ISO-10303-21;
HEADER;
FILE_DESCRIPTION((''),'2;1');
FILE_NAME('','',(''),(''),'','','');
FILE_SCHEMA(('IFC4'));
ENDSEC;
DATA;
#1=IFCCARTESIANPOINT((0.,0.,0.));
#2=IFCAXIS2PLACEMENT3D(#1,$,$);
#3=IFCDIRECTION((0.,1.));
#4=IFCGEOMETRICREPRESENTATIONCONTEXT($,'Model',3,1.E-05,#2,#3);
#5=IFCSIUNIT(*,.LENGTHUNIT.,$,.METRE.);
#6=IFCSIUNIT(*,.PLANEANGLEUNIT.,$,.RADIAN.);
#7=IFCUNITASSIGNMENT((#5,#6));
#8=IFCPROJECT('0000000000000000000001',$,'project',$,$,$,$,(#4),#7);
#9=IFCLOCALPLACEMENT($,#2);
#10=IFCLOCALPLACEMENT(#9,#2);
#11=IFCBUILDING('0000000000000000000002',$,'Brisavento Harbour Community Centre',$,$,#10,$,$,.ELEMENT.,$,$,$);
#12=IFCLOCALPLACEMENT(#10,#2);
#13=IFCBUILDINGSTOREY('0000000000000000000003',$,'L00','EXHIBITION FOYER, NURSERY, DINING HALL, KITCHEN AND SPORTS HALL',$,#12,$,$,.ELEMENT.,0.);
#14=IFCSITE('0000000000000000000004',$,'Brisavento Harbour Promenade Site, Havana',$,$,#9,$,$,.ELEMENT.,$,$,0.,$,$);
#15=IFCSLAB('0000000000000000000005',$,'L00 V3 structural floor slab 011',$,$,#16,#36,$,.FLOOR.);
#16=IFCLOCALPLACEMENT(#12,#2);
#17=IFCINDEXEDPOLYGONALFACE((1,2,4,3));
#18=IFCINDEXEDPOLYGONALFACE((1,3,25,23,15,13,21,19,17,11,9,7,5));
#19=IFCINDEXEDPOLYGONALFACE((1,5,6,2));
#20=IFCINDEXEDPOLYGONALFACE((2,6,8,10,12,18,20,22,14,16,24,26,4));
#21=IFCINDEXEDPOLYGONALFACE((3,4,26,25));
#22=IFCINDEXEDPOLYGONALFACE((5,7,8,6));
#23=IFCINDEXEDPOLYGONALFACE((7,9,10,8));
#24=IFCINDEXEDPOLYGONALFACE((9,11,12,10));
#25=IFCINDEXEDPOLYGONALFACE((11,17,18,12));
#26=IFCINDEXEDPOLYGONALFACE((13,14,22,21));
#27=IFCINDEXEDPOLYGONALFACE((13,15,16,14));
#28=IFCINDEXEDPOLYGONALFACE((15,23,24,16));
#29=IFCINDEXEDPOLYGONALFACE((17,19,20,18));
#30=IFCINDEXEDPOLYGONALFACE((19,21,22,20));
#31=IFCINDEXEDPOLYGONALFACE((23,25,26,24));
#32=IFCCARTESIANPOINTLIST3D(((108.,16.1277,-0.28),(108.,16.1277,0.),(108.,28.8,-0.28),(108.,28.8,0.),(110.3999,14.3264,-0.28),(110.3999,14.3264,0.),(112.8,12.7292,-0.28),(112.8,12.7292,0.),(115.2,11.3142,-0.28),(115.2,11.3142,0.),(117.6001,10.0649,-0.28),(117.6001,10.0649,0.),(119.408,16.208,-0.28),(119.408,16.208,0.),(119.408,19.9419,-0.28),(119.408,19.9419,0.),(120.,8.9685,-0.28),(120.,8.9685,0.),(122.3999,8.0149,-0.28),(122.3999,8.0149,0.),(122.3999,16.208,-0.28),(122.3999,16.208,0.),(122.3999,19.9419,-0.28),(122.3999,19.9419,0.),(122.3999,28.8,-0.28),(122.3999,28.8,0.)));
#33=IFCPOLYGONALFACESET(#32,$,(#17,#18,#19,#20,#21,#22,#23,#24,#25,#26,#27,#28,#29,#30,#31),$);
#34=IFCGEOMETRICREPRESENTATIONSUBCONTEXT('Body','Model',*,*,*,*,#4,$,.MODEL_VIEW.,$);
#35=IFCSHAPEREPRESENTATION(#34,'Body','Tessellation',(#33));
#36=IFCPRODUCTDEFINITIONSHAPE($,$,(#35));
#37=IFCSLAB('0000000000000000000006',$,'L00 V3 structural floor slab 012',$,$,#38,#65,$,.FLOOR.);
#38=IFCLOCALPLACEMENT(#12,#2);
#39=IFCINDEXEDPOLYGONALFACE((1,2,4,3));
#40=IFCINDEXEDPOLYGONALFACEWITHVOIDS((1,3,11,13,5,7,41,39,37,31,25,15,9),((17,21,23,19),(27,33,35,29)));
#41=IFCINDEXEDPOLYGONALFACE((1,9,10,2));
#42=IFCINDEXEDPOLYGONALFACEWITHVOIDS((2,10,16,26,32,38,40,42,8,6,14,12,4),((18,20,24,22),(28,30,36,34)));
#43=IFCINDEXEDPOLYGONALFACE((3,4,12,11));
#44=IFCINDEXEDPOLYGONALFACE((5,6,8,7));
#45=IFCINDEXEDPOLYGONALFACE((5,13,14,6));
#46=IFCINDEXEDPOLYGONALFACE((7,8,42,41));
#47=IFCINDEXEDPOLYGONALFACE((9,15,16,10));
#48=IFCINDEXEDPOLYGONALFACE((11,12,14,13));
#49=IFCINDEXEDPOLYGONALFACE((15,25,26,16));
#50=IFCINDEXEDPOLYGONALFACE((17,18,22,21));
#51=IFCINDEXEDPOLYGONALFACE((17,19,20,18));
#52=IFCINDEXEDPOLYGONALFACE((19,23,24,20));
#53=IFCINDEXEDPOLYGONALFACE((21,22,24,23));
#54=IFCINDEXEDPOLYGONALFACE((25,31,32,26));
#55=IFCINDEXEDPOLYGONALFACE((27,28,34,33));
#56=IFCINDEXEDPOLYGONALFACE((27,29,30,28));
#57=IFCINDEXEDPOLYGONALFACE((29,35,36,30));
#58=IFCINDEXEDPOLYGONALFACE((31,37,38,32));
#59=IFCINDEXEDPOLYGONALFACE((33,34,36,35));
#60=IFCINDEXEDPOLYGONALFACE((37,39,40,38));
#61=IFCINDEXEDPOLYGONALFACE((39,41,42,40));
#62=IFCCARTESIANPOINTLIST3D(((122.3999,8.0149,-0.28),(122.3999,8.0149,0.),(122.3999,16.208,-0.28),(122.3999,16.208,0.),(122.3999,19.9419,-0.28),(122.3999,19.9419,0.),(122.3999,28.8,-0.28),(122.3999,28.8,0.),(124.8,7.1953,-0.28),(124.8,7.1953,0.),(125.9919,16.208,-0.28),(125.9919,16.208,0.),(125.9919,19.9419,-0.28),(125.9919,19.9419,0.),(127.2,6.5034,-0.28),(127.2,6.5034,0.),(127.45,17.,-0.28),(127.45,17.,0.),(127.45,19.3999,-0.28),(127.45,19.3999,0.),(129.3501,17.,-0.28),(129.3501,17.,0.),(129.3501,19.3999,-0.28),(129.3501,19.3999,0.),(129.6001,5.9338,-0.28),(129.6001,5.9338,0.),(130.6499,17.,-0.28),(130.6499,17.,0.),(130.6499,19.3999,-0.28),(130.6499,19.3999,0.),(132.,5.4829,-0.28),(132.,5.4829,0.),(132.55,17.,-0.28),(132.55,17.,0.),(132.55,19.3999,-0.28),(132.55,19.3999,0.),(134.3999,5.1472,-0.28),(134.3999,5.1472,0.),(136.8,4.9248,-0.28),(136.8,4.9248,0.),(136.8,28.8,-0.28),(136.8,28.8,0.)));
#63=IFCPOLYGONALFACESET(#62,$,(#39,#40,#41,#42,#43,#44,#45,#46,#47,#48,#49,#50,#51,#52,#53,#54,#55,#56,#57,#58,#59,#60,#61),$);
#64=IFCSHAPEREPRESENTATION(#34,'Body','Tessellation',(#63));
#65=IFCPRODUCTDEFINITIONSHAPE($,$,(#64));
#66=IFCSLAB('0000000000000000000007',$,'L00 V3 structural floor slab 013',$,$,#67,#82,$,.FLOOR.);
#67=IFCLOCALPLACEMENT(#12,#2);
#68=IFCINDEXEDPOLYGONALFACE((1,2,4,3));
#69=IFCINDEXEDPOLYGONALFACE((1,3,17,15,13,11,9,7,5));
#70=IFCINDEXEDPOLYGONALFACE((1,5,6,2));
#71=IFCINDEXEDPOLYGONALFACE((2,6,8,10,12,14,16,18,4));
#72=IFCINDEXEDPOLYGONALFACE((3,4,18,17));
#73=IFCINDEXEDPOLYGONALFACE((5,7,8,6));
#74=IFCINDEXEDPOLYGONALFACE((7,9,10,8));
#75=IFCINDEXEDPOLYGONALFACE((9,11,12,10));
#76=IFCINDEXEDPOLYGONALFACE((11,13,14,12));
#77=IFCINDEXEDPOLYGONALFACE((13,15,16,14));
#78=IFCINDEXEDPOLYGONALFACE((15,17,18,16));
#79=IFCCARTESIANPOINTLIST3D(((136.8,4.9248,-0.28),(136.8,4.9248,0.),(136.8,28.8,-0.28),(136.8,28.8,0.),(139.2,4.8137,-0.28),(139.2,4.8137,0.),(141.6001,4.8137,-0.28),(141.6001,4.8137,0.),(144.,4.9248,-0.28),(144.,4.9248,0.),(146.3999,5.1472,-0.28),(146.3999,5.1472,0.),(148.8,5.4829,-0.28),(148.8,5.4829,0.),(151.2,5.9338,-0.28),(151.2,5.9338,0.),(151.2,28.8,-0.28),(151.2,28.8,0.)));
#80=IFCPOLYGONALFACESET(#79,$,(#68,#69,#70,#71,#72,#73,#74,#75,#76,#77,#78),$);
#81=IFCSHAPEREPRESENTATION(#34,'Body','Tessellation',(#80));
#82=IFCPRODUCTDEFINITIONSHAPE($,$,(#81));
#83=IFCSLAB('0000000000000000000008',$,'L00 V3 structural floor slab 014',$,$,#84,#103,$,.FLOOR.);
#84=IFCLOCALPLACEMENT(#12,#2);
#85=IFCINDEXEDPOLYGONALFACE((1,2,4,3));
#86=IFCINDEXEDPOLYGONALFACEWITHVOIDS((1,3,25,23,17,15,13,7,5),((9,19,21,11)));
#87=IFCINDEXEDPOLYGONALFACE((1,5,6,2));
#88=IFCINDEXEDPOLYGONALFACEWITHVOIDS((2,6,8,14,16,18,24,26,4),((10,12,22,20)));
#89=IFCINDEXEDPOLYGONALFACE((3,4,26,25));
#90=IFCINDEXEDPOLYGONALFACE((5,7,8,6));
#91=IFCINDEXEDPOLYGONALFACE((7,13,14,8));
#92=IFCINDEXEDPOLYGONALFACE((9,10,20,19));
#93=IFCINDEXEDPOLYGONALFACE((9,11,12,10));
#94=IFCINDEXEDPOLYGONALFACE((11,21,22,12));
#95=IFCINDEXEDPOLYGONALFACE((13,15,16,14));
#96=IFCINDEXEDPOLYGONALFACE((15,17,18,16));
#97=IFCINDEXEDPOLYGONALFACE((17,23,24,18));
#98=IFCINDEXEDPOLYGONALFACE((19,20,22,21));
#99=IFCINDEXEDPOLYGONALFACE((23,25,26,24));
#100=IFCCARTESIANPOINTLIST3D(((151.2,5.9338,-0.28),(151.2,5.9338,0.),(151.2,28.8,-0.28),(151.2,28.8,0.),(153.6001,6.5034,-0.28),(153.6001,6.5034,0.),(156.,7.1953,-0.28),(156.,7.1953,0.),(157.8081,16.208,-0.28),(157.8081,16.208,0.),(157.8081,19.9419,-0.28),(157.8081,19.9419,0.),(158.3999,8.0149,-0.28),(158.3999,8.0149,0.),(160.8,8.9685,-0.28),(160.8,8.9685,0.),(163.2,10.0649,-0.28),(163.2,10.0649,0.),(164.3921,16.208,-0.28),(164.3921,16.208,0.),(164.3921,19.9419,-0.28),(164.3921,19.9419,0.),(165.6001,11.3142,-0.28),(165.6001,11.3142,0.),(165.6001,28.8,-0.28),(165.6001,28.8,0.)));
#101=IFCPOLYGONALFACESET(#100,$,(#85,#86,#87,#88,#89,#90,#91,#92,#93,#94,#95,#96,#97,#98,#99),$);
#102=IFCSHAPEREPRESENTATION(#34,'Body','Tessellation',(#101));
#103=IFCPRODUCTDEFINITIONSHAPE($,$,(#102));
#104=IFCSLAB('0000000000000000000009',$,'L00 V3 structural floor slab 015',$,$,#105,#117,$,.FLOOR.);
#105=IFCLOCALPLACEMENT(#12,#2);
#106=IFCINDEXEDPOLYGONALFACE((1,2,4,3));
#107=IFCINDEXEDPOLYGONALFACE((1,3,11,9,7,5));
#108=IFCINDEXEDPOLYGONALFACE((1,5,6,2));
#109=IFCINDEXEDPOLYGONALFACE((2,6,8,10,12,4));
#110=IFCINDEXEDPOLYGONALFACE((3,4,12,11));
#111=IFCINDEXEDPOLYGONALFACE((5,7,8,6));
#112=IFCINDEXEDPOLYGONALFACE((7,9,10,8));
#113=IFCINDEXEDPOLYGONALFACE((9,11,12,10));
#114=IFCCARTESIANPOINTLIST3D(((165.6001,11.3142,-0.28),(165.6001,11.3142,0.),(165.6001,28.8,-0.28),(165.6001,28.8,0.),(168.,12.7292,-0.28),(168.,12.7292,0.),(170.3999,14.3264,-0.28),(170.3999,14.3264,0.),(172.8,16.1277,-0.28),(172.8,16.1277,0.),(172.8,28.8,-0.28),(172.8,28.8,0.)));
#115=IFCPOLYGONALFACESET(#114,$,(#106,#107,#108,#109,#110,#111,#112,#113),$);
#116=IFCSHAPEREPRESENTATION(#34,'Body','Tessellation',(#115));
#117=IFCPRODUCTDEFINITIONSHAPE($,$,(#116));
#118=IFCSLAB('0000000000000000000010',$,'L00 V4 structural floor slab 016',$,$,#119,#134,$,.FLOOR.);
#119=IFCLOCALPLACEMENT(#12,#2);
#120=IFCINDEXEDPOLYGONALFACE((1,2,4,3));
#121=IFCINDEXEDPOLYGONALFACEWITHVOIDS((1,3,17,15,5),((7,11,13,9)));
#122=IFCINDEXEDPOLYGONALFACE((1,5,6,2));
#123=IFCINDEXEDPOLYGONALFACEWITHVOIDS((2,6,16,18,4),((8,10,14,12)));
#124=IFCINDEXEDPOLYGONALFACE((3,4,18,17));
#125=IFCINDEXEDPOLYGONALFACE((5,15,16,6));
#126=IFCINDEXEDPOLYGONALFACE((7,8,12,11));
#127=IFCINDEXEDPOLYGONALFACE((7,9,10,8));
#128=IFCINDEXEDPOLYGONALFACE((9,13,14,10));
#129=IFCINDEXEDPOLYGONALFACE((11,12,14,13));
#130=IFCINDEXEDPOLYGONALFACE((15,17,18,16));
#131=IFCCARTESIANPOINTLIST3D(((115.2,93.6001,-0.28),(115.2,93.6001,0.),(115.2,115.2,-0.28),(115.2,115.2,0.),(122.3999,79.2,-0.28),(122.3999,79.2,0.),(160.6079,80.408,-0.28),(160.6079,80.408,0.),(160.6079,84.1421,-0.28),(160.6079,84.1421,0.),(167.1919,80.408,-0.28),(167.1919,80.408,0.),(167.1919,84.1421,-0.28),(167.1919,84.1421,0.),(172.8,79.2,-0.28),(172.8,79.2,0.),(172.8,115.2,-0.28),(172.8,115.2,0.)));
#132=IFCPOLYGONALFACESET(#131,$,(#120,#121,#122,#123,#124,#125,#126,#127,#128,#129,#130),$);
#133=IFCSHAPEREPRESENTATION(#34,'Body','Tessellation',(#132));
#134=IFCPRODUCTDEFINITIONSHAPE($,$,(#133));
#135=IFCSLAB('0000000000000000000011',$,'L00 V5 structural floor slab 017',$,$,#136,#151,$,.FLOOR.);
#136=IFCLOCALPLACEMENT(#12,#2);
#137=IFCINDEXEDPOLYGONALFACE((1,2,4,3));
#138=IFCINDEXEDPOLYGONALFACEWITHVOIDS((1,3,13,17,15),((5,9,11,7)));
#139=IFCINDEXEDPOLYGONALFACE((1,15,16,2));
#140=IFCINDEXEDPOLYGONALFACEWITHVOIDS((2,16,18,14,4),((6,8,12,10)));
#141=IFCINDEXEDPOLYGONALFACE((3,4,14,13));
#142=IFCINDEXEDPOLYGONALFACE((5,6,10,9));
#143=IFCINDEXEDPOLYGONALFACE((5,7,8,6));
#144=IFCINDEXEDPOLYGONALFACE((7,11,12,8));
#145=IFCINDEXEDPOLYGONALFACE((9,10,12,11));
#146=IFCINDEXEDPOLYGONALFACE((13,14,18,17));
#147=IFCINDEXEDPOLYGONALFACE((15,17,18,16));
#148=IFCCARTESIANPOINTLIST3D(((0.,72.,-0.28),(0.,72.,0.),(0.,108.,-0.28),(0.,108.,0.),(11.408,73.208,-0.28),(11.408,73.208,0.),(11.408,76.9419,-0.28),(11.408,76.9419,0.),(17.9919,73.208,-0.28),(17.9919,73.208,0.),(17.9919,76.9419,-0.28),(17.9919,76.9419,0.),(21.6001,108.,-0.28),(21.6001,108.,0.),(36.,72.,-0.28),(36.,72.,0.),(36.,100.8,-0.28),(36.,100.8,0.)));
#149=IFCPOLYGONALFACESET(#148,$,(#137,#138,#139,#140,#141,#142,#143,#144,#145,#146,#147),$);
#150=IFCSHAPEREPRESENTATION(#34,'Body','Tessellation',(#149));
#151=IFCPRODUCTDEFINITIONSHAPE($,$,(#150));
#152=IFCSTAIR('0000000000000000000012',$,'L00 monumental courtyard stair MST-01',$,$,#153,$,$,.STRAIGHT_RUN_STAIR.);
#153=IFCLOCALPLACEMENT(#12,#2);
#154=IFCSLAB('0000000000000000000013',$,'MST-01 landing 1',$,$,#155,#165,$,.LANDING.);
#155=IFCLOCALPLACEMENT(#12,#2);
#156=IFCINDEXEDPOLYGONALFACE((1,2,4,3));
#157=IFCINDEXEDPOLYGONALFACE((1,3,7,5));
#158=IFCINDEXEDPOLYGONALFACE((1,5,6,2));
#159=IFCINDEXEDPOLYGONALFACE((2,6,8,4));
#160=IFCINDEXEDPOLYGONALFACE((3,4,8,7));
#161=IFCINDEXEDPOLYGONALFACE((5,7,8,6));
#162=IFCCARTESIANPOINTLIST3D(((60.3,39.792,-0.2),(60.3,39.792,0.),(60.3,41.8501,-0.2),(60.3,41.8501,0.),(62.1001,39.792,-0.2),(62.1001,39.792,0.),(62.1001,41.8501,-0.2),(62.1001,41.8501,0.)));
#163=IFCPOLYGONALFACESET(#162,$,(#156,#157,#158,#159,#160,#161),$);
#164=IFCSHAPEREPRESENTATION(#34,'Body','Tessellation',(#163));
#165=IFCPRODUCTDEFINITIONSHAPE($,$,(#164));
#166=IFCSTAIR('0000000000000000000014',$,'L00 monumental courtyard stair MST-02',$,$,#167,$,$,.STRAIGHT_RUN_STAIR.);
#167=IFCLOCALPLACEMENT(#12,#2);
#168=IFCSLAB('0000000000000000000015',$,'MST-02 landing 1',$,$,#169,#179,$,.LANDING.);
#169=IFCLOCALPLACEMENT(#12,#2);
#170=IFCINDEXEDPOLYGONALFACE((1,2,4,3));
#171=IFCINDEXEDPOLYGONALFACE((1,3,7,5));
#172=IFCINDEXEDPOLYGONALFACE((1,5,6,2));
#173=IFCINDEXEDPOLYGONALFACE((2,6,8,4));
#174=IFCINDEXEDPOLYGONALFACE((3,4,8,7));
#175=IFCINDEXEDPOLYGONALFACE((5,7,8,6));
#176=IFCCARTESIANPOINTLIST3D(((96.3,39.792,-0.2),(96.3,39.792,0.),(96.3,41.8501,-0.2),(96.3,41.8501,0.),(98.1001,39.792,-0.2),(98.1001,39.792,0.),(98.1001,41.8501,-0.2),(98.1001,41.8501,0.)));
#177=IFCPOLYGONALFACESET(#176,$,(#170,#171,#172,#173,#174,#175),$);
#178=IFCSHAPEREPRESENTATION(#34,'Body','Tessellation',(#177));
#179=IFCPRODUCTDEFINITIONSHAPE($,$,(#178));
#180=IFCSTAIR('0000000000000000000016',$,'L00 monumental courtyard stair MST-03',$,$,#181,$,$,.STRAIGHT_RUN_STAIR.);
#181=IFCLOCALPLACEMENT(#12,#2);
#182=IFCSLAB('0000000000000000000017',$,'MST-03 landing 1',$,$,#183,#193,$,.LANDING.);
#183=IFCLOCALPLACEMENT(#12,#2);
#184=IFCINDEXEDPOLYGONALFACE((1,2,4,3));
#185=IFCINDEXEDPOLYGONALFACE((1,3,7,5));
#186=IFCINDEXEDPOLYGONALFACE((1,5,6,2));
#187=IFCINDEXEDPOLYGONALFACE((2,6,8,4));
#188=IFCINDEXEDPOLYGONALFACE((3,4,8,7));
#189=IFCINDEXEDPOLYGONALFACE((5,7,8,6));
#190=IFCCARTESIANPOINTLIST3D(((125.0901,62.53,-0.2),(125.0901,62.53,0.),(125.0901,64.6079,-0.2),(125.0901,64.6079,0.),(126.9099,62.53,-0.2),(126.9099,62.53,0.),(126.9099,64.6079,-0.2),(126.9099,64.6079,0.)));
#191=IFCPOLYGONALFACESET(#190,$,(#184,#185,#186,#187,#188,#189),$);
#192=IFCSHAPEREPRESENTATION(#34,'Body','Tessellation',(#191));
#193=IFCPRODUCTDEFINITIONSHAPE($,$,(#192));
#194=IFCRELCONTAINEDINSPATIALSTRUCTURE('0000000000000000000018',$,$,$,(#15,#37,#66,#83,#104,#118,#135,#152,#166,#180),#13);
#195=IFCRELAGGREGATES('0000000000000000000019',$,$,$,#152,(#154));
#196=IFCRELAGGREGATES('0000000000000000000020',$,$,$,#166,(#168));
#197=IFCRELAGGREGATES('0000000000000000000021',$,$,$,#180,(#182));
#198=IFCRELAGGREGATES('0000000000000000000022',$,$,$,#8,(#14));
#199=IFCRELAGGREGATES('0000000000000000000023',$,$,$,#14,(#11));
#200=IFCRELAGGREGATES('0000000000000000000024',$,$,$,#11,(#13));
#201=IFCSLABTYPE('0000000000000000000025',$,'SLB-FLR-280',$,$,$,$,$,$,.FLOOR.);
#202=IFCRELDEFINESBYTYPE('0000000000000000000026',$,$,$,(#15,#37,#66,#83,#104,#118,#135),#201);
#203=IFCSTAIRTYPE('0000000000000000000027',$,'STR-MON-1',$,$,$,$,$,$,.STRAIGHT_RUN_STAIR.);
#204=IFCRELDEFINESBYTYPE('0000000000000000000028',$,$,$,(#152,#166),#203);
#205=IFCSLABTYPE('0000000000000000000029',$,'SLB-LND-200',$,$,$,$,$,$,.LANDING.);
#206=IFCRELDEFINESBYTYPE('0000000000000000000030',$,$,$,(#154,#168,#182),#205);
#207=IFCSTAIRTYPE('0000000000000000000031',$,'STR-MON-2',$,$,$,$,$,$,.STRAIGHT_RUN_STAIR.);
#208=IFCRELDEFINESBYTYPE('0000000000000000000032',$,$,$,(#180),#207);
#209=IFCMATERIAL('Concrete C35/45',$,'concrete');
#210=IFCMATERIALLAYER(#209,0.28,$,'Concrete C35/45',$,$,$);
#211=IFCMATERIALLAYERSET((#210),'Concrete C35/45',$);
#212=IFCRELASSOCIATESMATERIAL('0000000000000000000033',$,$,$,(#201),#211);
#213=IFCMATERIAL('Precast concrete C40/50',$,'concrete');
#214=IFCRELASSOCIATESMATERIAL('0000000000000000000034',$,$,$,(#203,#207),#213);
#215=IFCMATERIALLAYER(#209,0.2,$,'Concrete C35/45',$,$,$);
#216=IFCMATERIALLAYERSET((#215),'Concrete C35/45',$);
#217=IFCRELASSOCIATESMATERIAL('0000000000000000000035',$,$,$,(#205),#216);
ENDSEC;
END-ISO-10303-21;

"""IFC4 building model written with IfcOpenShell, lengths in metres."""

from ifc_helpers import new_model, si_unit, direction, frame, origin, place, context, subcontext, project, spatial, polyline, outline, extrude, material, layer, layer_set, type_object, element, aggregate, save


model = new_model("IFC4")

# Units and contexts
model_context = context("Model", 3, precision=1e-05, world=origin(), true_north=direction((0.0, 1.0)))
body_context = subcontext(model_context, "Body", "Model", "MODEL_VIEW")
ifc_project = project(units=[si_unit("LENGTHUNIT", "METRE"), si_unit("PLANEANGLEUNIT", "RADIAN")], contexts=[model_context])

# Site, building, storey
site_placement = place(None, origin())
site = spatial("IfcSite", under=ifc_project, at=site_placement, Name="Brisavento Harbour Promenade Site, Havana", CompositionType="ELEMENT", RefElevation=0.0)
building_placement = place(site_placement, origin())
building = spatial("IfcBuilding", under=site, at=building_placement, Name="Brisavento Harbour Community Centre", CompositionType="ELEMENT")
storey_placement = place(building_placement, origin())
storey = spatial("IfcBuildingStorey", under=building, at=storey_placement, Name="L00", Description="EXHIBITION FOYER, NURSERY, DINING HALL, KITCHEN AND SPORTS HALL", CompositionType="ELEMENT", Elevation=0.0)

# Slabs
ifc_material_1 = material(Name="Concrete C35/45", Category="concrete")
ifc_layer_1 = layer(ifc_material_1, 0.28, Name="Concrete C35/45")
ifc_layer_set_1 = layer_set([ifc_layer_1], Name="Concrete C35/45")
slab_type_1 = type_object("IfcSlabType", Name="SLB-FLR-280", PredefinedType="FLOOR", material=ifc_layer_set_1)
slab_1_placement = place(storey_placement, frame((0.0, 0.0, -0.28)))
element("IfcSlab", 1, at=slab_1_placement, inside=storey, type_object=slab_type_1, Name="L00 V3 structural floor slab 011", PredefinedType="FLOOR", context=body_context, shape_type="SweptSolid", body=[
    extrude(outline(polyline([(108.0, 28.8), (108.0, 16.1277), (110.3999, 14.3264), (112.8, 12.7292), (115.2, 11.3142), (117.6001, 10.0649), (120.0, 8.9685), (122.3999, 8.0149), (122.3999, 16.208), (119.408, 16.208), (119.408, 19.9419), (122.3999, 19.9419), (122.3999, 28.8), (108.0, 28.8)])), origin(), (0.0, 0.0, 1.0), 0.28),
])
slab_2_placement = place(storey_placement, frame((0.0, 0.0, -0.28)))
element("IfcSlab", 2, at=slab_2_placement, inside=storey, type_object=slab_type_1, Name="L00 V3 structural floor slab 012", PredefinedType="FLOOR", context=body_context, shape_type="SweptSolid", body=[
    extrude(outline(polyline([(122.3999, 28.8), (122.3999, 19.9419), (125.9919, 19.9419), (125.9919, 16.208), (122.3999, 16.208), (122.3999, 8.0149), (124.8, 7.1953), (127.2, 6.5034), (129.6001, 5.9338), (132.0, 5.4829), (134.3999, 5.1472), (136.8, 4.9248), (136.8, 28.8), (122.3999, 28.8)]), holes=[polyline([(129.3501, 19.3999), (129.3501, 17.0), (127.45, 17.0), (127.45, 19.3999), (129.3501, 19.3999)]), polyline([(132.55, 17.0), (130.6499, 17.0), (130.6499, 19.3999), (132.55, 19.3999), (132.55, 17.0)])]), origin(), (0.0, 0.0, 1.0), 0.28),
])
slab_3_placement = place(storey_placement, frame((0.0, 0.0, -0.28)))
element("IfcSlab", 3, at=slab_3_placement, inside=storey, type_object=slab_type_1, Name="L00 V3 structural floor slab 013", PredefinedType="FLOOR", context=body_context, shape_type="SweptSolid", body=[
    extrude(outline(polyline([(136.8, 28.8), (136.8, 4.9248), (139.2, 4.8137), (141.6001, 4.8137), (144.0, 4.9248), (146.3999, 5.1472), (148.8, 5.4829), (151.2, 5.9338), (151.2, 28.8), (136.8, 28.8)])), origin(), (0.0, 0.0, 1.0), 0.28),
])
slab_4_placement = place(storey_placement, frame((0.0, 0.0, -0.28)))
element("IfcSlab", 4, at=slab_4_placement, inside=storey, type_object=slab_type_1, Name="L00 V3 structural floor slab 014", PredefinedType="FLOOR", context=body_context, shape_type="SweptSolid", body=[
    extrude(outline(polyline([(151.2, 28.8), (151.2, 5.9338), (153.6001, 6.5034), (156.0, 7.1953), (158.3999, 8.0149), (160.8, 8.9685), (163.2, 10.0649), (165.6001, 11.3142), (165.6001, 28.8), (151.2, 28.8)]), holes=[polyline([(164.3921, 16.208), (157.8081, 16.208), (157.8081, 19.9419), (164.3921, 19.9419), (164.3921, 16.208)])]), origin(), (0.0, 0.0, 1.0), 0.28),
])
slab_5_placement = place(storey_placement, frame((0.0, 0.0, -0.28)))
element("IfcSlab", 5, at=slab_5_placement, inside=storey, type_object=slab_type_1, Name="L00 V3 structural floor slab 015", PredefinedType="FLOOR", context=body_context, shape_type="SweptSolid", body=[
    extrude(outline(polyline([(165.6001, 28.8), (165.6001, 11.3142), (168.0, 12.7292), (170.3999, 14.3264), (172.8, 16.1277), (172.8, 28.8), (165.6001, 28.8)])), origin(), (0.0, 0.0, 1.0), 0.28),
])
slab_6_placement = place(storey_placement, frame((0.0, 0.0, -0.28)))
element("IfcSlab", 6, at=slab_6_placement, inside=storey, type_object=slab_type_1, Name="L00 V4 structural floor slab 016", PredefinedType="FLOOR", context=body_context, shape_type="SweptSolid", body=[
    extrude(outline(polyline([(122.3999, 79.2), (172.8, 79.2), (172.8, 115.2), (115.2, 115.2), (115.2, 93.6001), (122.3999, 79.2)]), holes=[polyline([(160.6079, 80.408), (160.6079, 84.1421), (167.1919, 84.1421), (167.1919, 80.408), (160.6079, 80.408)])]), origin(), (0.0, 0.0, 1.0), 0.28),
])
slab_7_placement = place(storey_placement, frame((0.0, 0.0, -0.28)))
element("IfcSlab", 7, at=slab_7_placement, inside=storey, type_object=slab_type_1, Name="L00 V5 structural floor slab 017", PredefinedType="FLOOR", context=body_context, shape_type="SweptSolid", body=[
    extrude(outline(polyline([(0.0, 72.0), (36.0, 72.0), (36.0, 100.8), (21.6001, 108.0), (0.0, 108.0), (0.0, 72.0)]), holes=[polyline([(17.9919, 73.208), (11.408, 73.208), (11.408, 76.9419), (17.9919, 76.9419), (17.9919, 73.208)])]), origin(), (0.0, 0.0, 1.0), 0.28),
])

# Stairs, slabs
ifc_material_2 = material(Name="Precast concrete C40/50", Category="concrete")
stair_type_1 = type_object("IfcStairType", Name="STR-MON-1", PredefinedType="STRAIGHT_RUN_STAIR", material=ifc_material_2)
stair_1_placement = place(storey_placement, origin())
stair_1 = element("IfcStair", 8, at=stair_1_placement, inside=storey, type_object=stair_type_1, Name="L00 monumental courtyard stair MST-01", PredefinedType="STRAIGHT_RUN_STAIR")
ifc_layer_2 = layer(ifc_material_1, 0.2, Name="Concrete C35/45")
ifc_layer_set_2 = layer_set([ifc_layer_2], Name="Concrete C35/45")
slab_type_2 = type_object("IfcSlabType", Name="SLB-LND-200", PredefinedType="LANDING", material=ifc_layer_set_2)
slab_8_placement = place(storey_placement, frame((0.0, 0.0, -0.2)))
slab_8 = element("IfcSlab", 9, at=slab_8_placement, type_object=slab_type_2, Name="MST-01 landing 1", PredefinedType="LANDING", context=body_context, shape_type="SweptSolid", body=[
    extrude(outline(polyline([(60.3, 41.8501), (60.3, 39.792), (62.1001, 39.792), (62.1001, 41.8501), (60.3, 41.8501)])), origin(), (0.0, 0.0, 1.0), 0.2),
])
aggregate(stair_1, [slab_8])
stair_2_placement = place(storey_placement, origin())
stair_2 = element("IfcStair", 10, at=stair_2_placement, inside=storey, type_object=stair_type_1, Name="L00 monumental courtyard stair MST-02", PredefinedType="STRAIGHT_RUN_STAIR")
slab_9_placement = place(storey_placement, frame((0.0, 0.0, -0.2)))
slab_9 = element("IfcSlab", 11, at=slab_9_placement, type_object=slab_type_2, Name="MST-02 landing 1", PredefinedType="LANDING", context=body_context, shape_type="SweptSolid", body=[
    extrude(outline(polyline([(96.3, 41.8501), (96.3, 39.792), (98.1001, 39.792), (98.1001, 41.8501), (96.3, 41.8501)])), origin(), (0.0, 0.0, 1.0), 0.2),
])
aggregate(stair_2, [slab_9])
stair_type_2 = type_object("IfcStairType", Name="STR-MON-2", PredefinedType="STRAIGHT_RUN_STAIR", material=ifc_material_2)
stair_3_placement = place(storey_placement, origin())
stair_3 = element("IfcStair", 12, at=stair_3_placement, inside=storey, type_object=stair_type_2, Name="L00 monumental courtyard stair MST-03", PredefinedType="STRAIGHT_RUN_STAIR")
slab_10_placement = place(storey_placement, frame((0.0, 0.0, -0.2)))
slab_10 = element("IfcSlab", 13, at=slab_10_placement, type_object=slab_type_2, Name="MST-03 landing 1", PredefinedType="LANDING", context=body_context, shape_type="SweptSolid", body=[
    extrude(outline(polyline([(126.9099, 62.53), (126.9099, 64.6079), (125.0901, 64.6079), (125.0901, 62.53), (126.9099, 62.53)])), origin(), (0.0, 0.0, 1.0), 0.2),
])
aggregate(stair_3, [slab_10])

save(model, "model.ifc")
